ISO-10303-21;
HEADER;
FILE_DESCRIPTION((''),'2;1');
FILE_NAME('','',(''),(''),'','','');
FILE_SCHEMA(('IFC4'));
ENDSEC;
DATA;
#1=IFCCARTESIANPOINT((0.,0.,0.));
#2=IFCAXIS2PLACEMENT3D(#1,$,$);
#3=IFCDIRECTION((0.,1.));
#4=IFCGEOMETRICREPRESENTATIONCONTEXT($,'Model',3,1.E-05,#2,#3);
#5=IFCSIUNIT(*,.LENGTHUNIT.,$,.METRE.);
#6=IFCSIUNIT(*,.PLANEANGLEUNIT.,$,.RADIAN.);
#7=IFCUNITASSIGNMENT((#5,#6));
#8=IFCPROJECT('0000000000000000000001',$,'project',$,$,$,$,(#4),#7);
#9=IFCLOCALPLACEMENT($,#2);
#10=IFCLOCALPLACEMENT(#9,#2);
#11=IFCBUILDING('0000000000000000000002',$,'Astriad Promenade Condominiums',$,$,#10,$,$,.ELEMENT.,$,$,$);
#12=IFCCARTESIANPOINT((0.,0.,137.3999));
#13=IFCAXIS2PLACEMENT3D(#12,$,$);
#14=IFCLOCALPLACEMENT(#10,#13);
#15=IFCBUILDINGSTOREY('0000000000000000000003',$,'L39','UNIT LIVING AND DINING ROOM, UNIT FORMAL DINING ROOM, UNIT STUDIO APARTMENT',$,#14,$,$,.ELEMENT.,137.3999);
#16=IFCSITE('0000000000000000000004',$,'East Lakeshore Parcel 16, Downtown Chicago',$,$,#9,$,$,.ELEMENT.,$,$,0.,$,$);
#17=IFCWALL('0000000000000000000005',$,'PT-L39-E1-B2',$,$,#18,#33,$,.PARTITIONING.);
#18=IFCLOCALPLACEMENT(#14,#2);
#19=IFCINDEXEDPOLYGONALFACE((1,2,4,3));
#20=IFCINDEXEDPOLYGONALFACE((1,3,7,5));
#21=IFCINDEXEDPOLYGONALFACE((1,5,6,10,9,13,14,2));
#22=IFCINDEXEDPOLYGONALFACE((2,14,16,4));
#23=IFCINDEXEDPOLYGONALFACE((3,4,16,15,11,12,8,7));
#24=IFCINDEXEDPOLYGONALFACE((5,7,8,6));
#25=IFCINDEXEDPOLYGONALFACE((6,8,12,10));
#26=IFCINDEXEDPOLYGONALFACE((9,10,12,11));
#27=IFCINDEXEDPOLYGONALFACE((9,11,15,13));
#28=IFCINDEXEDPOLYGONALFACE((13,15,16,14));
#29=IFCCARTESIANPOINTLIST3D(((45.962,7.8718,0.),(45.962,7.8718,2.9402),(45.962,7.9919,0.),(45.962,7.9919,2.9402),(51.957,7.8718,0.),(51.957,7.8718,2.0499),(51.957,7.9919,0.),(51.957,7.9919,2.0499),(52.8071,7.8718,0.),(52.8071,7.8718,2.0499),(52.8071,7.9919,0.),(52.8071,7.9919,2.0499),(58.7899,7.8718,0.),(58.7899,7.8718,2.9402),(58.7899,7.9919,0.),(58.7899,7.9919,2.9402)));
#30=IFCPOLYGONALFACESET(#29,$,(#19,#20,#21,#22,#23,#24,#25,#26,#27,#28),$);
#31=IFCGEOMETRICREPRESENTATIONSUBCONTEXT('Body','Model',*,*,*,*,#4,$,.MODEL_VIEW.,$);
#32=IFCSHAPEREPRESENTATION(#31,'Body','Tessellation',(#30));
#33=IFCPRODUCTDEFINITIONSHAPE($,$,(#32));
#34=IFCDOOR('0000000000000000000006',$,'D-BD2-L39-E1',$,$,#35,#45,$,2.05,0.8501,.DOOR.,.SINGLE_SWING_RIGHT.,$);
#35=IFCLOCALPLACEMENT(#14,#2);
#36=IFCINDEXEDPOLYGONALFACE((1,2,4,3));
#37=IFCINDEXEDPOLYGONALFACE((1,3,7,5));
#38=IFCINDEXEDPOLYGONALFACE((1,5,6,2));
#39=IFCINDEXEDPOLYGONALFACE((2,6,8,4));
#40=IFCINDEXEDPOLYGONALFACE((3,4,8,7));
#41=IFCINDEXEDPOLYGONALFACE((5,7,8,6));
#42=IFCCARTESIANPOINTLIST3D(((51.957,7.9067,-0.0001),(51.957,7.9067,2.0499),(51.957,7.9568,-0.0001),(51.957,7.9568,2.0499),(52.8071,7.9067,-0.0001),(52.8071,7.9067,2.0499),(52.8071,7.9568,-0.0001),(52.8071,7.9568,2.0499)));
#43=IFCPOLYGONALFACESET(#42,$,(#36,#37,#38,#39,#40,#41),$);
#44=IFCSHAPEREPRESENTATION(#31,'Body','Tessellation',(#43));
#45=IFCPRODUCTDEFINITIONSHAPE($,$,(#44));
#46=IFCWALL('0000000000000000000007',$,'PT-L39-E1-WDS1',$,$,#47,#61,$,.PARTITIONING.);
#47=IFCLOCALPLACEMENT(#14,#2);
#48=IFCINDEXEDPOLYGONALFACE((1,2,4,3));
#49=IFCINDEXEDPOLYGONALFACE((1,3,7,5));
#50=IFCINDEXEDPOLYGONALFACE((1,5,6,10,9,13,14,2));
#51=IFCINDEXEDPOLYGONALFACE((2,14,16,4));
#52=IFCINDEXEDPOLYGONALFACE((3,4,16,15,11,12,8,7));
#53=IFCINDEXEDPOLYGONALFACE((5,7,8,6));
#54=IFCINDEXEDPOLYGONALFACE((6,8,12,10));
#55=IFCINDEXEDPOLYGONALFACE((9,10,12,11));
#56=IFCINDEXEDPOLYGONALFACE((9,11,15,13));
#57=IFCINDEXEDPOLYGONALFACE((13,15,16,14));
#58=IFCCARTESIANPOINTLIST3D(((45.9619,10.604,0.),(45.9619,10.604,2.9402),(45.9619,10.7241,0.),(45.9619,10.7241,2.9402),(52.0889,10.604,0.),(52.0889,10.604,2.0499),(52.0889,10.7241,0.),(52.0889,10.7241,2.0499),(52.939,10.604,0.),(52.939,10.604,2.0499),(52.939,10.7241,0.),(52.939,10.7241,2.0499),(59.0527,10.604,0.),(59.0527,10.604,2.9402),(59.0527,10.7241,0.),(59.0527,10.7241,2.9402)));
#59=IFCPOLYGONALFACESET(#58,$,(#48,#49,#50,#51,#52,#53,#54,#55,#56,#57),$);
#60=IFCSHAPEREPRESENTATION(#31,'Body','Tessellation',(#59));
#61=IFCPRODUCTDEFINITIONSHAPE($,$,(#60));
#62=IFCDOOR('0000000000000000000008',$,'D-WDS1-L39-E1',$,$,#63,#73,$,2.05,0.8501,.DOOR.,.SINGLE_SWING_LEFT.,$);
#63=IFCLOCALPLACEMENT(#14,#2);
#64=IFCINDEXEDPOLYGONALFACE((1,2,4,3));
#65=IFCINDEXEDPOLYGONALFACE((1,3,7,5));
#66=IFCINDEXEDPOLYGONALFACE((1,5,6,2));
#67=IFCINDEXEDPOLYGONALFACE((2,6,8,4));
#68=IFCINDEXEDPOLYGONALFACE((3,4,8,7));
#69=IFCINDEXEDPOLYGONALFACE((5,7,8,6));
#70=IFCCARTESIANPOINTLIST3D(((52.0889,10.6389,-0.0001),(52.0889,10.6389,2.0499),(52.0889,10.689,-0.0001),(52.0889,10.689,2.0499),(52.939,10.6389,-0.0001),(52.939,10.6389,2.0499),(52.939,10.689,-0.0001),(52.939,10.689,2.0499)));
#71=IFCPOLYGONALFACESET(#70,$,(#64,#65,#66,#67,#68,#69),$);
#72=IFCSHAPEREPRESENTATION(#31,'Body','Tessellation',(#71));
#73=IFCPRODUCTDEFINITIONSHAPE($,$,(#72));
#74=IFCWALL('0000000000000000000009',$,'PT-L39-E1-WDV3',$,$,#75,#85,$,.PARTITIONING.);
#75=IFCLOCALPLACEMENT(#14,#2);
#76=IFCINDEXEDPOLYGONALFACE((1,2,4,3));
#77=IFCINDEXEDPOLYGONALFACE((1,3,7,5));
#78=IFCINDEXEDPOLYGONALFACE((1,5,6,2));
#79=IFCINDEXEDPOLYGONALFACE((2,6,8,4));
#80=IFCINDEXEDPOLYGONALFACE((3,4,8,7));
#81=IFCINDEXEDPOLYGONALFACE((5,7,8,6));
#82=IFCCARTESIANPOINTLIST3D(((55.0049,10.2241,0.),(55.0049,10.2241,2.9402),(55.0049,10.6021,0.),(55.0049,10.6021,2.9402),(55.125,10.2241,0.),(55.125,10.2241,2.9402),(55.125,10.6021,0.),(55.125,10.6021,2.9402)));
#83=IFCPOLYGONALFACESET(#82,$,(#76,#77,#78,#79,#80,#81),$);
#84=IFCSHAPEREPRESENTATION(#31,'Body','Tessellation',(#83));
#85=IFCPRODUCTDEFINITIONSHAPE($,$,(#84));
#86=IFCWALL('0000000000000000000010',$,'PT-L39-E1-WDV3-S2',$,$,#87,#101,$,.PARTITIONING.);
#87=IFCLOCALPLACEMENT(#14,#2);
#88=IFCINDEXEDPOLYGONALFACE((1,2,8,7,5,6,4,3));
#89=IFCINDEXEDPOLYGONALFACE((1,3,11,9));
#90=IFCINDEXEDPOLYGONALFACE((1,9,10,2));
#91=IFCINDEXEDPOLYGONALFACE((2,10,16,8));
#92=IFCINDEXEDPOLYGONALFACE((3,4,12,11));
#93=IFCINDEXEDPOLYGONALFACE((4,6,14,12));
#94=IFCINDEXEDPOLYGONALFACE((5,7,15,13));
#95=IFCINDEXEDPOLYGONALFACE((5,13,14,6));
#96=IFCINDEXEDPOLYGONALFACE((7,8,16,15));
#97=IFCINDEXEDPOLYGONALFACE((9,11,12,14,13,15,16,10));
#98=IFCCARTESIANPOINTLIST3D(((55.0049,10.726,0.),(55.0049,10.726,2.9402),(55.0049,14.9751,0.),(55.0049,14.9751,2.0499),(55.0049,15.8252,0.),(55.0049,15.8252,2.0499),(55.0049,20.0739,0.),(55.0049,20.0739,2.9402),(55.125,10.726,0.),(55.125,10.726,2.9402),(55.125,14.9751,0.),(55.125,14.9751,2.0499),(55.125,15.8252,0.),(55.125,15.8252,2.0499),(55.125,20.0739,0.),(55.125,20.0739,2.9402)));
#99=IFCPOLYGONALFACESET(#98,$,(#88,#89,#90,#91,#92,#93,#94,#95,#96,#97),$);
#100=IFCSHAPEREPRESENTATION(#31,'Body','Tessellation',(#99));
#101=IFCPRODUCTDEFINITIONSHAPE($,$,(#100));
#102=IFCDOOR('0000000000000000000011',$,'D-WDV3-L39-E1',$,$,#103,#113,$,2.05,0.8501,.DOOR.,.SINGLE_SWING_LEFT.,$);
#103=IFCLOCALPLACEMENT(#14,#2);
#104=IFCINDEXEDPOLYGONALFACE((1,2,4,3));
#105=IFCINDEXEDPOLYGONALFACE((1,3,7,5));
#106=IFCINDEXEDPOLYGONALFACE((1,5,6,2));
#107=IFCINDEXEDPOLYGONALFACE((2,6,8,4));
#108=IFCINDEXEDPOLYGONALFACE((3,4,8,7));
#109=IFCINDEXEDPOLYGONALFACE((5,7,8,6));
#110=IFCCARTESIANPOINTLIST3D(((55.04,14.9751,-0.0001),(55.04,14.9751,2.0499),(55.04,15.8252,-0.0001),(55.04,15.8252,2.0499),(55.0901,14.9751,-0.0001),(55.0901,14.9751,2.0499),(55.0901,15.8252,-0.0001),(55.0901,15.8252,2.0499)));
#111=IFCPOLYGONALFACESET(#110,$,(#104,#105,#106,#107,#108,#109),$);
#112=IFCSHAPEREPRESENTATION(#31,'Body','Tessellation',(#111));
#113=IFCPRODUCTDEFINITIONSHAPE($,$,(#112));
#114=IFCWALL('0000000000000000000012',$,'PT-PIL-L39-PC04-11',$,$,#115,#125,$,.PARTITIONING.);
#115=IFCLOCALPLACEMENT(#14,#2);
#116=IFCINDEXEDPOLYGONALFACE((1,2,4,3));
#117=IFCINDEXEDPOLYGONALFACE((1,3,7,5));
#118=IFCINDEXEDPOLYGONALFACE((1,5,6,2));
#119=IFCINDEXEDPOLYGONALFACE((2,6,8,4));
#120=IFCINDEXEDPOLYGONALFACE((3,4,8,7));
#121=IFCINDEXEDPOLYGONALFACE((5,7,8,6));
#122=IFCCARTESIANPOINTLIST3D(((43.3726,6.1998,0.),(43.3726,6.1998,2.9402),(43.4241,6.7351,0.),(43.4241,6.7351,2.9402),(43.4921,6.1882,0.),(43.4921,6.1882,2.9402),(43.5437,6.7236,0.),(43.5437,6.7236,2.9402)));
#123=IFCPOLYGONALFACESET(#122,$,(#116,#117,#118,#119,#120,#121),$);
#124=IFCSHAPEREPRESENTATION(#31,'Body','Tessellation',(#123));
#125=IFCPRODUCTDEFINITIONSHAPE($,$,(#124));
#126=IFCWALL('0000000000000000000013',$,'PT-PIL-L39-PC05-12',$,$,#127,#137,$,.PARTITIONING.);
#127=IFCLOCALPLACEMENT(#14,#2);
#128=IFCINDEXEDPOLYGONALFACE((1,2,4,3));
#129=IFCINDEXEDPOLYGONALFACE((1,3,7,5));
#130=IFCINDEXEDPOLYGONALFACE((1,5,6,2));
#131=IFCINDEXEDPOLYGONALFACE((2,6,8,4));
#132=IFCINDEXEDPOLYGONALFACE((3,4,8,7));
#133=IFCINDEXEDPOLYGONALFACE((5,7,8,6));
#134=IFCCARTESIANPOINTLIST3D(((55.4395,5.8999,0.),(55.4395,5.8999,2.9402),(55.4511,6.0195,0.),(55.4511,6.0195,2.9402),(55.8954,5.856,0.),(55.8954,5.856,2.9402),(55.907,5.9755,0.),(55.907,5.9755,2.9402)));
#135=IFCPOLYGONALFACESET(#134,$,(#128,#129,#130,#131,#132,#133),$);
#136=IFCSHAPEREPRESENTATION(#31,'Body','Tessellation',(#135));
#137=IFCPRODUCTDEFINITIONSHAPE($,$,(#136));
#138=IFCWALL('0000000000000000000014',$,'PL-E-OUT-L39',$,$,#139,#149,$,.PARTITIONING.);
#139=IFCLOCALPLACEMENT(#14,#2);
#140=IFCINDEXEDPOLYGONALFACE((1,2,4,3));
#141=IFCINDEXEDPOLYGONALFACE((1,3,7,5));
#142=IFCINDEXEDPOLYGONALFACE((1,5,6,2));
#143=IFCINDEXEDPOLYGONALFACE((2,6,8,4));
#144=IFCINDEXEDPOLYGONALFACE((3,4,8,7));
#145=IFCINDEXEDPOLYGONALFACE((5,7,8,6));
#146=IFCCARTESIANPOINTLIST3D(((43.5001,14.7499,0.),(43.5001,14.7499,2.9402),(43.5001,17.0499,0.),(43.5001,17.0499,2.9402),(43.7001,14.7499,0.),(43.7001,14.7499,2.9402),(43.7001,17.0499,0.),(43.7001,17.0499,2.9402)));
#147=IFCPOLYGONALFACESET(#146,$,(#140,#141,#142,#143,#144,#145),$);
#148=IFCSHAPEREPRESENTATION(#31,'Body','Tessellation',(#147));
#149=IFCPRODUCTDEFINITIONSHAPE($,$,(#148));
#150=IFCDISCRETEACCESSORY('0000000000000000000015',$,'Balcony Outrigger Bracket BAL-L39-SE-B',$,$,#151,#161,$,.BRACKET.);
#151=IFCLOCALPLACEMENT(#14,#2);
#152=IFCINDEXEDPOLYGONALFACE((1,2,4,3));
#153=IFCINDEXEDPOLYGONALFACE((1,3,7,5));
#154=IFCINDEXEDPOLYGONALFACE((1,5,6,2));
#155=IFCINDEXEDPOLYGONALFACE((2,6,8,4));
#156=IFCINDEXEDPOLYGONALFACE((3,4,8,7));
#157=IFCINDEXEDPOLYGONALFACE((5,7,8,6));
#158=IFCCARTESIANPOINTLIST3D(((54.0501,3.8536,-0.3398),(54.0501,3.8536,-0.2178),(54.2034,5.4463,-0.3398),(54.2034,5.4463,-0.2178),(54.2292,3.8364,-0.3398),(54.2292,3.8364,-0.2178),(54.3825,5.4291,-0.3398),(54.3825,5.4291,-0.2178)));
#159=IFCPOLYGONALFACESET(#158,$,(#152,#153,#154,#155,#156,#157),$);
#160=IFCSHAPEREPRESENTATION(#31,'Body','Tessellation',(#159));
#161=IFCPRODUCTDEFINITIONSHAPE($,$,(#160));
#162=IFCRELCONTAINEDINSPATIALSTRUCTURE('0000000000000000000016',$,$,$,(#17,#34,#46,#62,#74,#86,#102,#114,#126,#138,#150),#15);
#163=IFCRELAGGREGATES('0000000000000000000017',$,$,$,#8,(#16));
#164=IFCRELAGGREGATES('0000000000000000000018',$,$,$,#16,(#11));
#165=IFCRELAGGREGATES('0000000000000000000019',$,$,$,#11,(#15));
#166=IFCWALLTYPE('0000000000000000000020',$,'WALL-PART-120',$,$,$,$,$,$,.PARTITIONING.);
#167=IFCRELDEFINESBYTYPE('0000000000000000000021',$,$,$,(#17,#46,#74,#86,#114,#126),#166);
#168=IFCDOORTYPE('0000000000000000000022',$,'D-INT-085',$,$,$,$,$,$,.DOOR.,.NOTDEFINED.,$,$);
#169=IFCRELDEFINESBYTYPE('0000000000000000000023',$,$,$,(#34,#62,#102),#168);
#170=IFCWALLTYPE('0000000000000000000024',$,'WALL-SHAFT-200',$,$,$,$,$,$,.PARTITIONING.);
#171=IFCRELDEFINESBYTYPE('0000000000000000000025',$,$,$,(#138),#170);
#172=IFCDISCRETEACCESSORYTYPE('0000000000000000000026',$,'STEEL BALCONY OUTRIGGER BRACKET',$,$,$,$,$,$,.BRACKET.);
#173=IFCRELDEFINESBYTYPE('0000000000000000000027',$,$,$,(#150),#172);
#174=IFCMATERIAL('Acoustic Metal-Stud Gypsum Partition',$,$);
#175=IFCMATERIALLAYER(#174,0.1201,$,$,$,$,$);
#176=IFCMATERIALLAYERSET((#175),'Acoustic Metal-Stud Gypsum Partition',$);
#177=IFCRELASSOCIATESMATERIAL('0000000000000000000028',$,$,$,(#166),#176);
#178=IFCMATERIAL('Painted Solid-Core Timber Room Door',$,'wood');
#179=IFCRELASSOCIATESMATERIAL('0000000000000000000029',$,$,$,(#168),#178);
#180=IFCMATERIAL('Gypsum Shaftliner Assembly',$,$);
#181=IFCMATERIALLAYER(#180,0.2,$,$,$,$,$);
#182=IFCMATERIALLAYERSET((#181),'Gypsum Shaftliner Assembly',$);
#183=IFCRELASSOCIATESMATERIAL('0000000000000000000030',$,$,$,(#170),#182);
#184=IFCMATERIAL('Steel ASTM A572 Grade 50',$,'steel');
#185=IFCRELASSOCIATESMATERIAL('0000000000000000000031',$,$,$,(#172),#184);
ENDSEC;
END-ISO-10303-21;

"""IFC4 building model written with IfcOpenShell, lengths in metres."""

from ifc_helpers import new_model, si_unit, direction, frame, frame_2d, origin, origin_2d, place, context, subcontext, project, spatial, rectangle, extrude, source, transform, mapped, material, layer, layer_set, type_object, type_shapes, element, fill, save


model = new_model("IFC4")

# Units and contexts
model_context = context("Model", 3, precision=1e-05, world=origin(), true_north=direction((0.0, 1.0)))
body_context = subcontext(model_context, "Body", "Model", "MODEL_VIEW")
ifc_project = project(units=[si_unit("LENGTHUNIT", "METRE"), si_unit("PLANEANGLEUNIT", "RADIAN")], contexts=[model_context])

# Site, building, storey
site_placement = place(None, origin())
site = spatial("IfcSite", under=ifc_project, at=site_placement, Name="East Lakeshore Parcel 16, Downtown Chicago", CompositionType="ELEMENT", RefElevation=0.0)
building_placement = place(site_placement, origin())
building = spatial("IfcBuilding", under=site, at=building_placement, Name="Astriad Promenade Condominiums", CompositionType="ELEMENT")
storey_placement = place(building_placement, frame((0.0, 0.0, 137.3999)))
storey = spatial("IfcBuildingStorey", under=building, at=storey_placement, Name="L39", Description="UNIT LIVING AND DINING ROOM, UNIT FORMAL DINING ROOM, UNIT STUDIO APARTMENT", CompositionType="ELEMENT", Elevation=137.3999)

# Shared definitions
ifc_material_1 = material(Name="Acoustic Metal-Stud Gypsum Partition")
ifc_layer_1 = layer(ifc_material_1, 0.1201)
ifc_layer_set_1 = layer_set([ifc_layer_1], Name="Acoustic Metal-Stud Gypsum Partition")
wall_type_1 = type_object("IfcWallType", Name="WALL-PART-120", PredefinedType="PARTITIONING", material=ifc_layer_set_1)
ifc_material_2 = material(Name="Painted Solid-Core Timber Room Door", Category="wood")
door_type_1 = type_object("IfcDoorType", Name="D-INT-085", OperationType="NOTDEFINED", PredefinedType="DOOR", material=ifc_material_2)
shared_shape_1 = source(origin(), body_context, "Body", "SweptSolid", [
    extrude(rectangle(XDim=0.8501, YDim=2.05, at=frame_2d((0.425, 1.0249))), frame((0.0, 0.0249, 0.0), z_axis=(0.0, -1.0, 0.0), x_axis=(1.0, 0.0, 0.0)), (0.0, 0.0, 1.0), 0.05),
])
type_shapes(door_type_1, [shared_shape_1])

# Walls, openings, doors
wall_1_placement = place(storey_placement, frame((45.9619, 7.9319, 0.0), z_axis=(0.0, 0.0, 1.0), x_axis=(1.0, 0.0, 0.0)))
wall_1 = element("IfcWall", 1, at=wall_1_placement, inside=storey, type_object=wall_type_1, Name="PT-L39-E1-B2", PredefinedType="PARTITIONING", context=body_context, shape_type="SweptSolid", body=[
    extrude(rectangle(XDim=12.8279, YDim=0.1201, at=frame_2d((6.4141, 0.0))), origin(), (0.0, 0.0, 1.0), 2.9402),
])
opening_1_placement = place(wall_1_placement, frame((5.9951, 0.0, 0.0)))
opening_1 = element("IfcOpeningElement", 2, at=opening_1_placement, cuts=wall_1, PredefinedType="OPENING", context=body_context, shape_type="SweptSolid", body=[
    extrude(rectangle(XDim=0.8501, YDim=2.05, at=frame_2d((0.425, 1.0249))), frame((0.0, 0.0701, 0.0), z_axis=(0.0, -1.0, 0.0), x_axis=(1.0, 0.0, 0.0)), (0.0, 0.0, 1.0), 0.1401),
])
door_1_placement = place(opening_1_placement, origin())
door_1 = element("IfcDoor", 3, at=door_1_placement, inside=storey, type_object=door_type_1, Name="D-BD2-L39-E1", OperationType="SINGLE_SWING_RIGHT", OverallHeight=2.05, OverallWidth=0.8501, PredefinedType="DOOR", context=body_context, shape_type="MappedRepresentation", body=[
    mapped(shared_shape_1, transform((0.0, 0.0, 0.0), scale=1.0)),
])
fill(opening_1, door_1)
wall_2_placement = place(storey_placement, frame((45.9619, 10.6641, 0.0), z_axis=(0.0, 0.0, 1.0), x_axis=(1.0, 0.0, 0.0)))
wall_2 = element("IfcWall", 4, at=wall_2_placement, inside=storey, type_object=wall_type_1, Name="PT-L39-E1-WDS1", PredefinedType="PARTITIONING", context=body_context, shape_type="SweptSolid", body=[
    extrude(rectangle(XDim=13.0908, YDim=0.1201, at=frame_2d((6.5454, 0.0))), origin(), (0.0, 0.0, 1.0), 2.9402),
])
opening_2_placement = place(wall_2_placement, frame((6.127, 0.0, 0.0)))
opening_2 = element("IfcOpeningElement", 5, at=opening_2_placement, cuts=wall_2, PredefinedType="OPENING", context=body_context, shape_type="SweptSolid", body=[
    extrude(rectangle(XDim=0.8501, YDim=2.05, at=frame_2d((0.425, 1.0249))), frame((0.0, 0.0701, 0.0), z_axis=(0.0, -1.0, 0.0), x_axis=(1.0, 0.0, 0.0)), (0.0, 0.0, 1.0), 0.1401),
])
door_2_placement = place(opening_2_placement, origin())
door_2 = element("IfcDoor", 6, at=door_2_placement, inside=storey, type_object=door_type_1, Name="D-WDS1-L39-E1", OperationType="SINGLE_SWING_LEFT", OverallHeight=2.05, OverallWidth=0.8501, PredefinedType="DOOR", context=body_context, shape_type="MappedRepresentation", body=[
    mapped(shared_shape_1, transform((0.0, 0.0, 0.0), scale=1.0)),
])
fill(opening_2, door_2)

# Wall
wall_3_placement = place(storey_placement, frame((55.0649, 10.2241, 0.0), z_axis=(0.0, 0.0, 1.0), x_axis=(0.0, 1.0, 0.0)))
element("IfcWall", 7, at=wall_3_placement, inside=storey, type_object=wall_type_1, Name="PT-L39-E1-WDV3", PredefinedType="PARTITIONING", context=body_context, shape_type="SweptSolid", body=[
    extrude(rectangle(XDim=0.3779, YDim=0.1201, at=frame_2d((0.189, 0.0))), origin(), (0.0, 0.0, 1.0), 2.9402),
])

# Wall, opening, door
wall_4_placement = place(storey_placement, frame((55.0649, 10.7261, 0.0), z_axis=(0.0, 0.0, 1.0), x_axis=(0.0, 1.0, 0.0)))
wall_4 = element("IfcWall", 8, at=wall_4_placement, inside=storey, type_object=wall_type_1, Name="PT-L39-E1-WDV3-S2", PredefinedType="PARTITIONING", context=body_context, shape_type="SweptSolid", body=[
    extrude(rectangle(XDim=9.3479, YDim=0.1201, at=frame_2d((4.6738, 0.0))), origin(), (0.0, 0.0, 1.0), 2.9402),
])
opening_3_placement = place(wall_4_placement, frame((4.249, 0.0, 0.0)))
opening_3 = element("IfcOpeningElement", 9, at=opening_3_placement, cuts=wall_4, PredefinedType="OPENING", context=body_context, shape_type="SweptSolid", body=[
    extrude(rectangle(XDim=0.8501, YDim=2.05, at=frame_2d((0.425, 1.0249))), frame((0.0, 0.0701, 0.0), z_axis=(0.0, -1.0, 0.0), x_axis=(1.0, 0.0, 0.0)), (0.0, 0.0, 1.0), 0.1401),
])
door_3_placement = place(opening_3_placement, origin())
door_3 = element("IfcDoor", 10, at=door_3_placement, inside=storey, type_object=door_type_1, Name="D-WDV3-L39-E1", OperationType="SINGLE_SWING_LEFT", OverallHeight=2.05, OverallWidth=0.8501, PredefinedType="DOOR", context=body_context, shape_type="MappedRepresentation", body=[
    mapped(shared_shape_1, transform((0.0, 0.0, 0.0), scale=1.0)),
])
fill(opening_3, door_3)

# Walls
wall_5_placement = place(storey_placement, frame((43.4839, 6.7295, 0.0), z_axis=(0.0, 0.0, 1.0), x_axis=(-0.095773, -0.995403, 0.0)))
element("IfcWall", 11, at=wall_5_placement, inside=storey, type_object=wall_type_1, Name="PT-PIL-L39-PC04-11", PredefinedType="PARTITIONING", context=body_context, shape_type="SweptSolid", body=[
    extrude(rectangle(XDim=0.5378, YDim=0.1201, at=frame_2d((0.269, 0.0))), origin(), (0.0, 0.0, 1.0), 2.9402),
])
wall_6_placement = place(storey_placement, frame((55.4453, 5.9597, 0.0), z_axis=(0.0, 0.0, 1.0), x_axis=(0.995385, -0.095966, 0.0)))
element("IfcWall", 12, at=wall_6_placement, inside=storey, type_object=wall_type_1, Name="PT-PIL-L39-PC05-12", PredefinedType="PARTITIONING", context=body_context, shape_type="SweptSolid", body=[
    extrude(rectangle(XDim=0.458, YDim=0.1201, at=frame_2d((0.229, 0.0))), origin(), (0.0, 0.0, 1.0), 2.9402),
])
ifc_material_3 = material(Name="Gypsum Shaftliner Assembly")
ifc_layer_2 = layer(ifc_material_3, 0.2)
ifc_layer_set_2 = layer_set([ifc_layer_2], Name="Gypsum Shaftliner Assembly")
wall_type_2 = type_object("IfcWallType", Name="WALL-SHAFT-200", PredefinedType="PARTITIONING", material=ifc_layer_set_2)
wall_7_placement = place(storey_placement, frame((43.6001, 14.75, 0.0), z_axis=(0.0, 0.0, 1.0), x_axis=(0.0, 1.0, 0.0)))
element("IfcWall", 13, at=wall_7_placement, inside=storey, type_object=wall_type_2, Name="PL-E-OUT-L39", PredefinedType="PARTITIONING", context=body_context, shape_type="SweptSolid", body=[
    extrude(rectangle(XDim=2.3, YDim=0.2, at=frame_2d((1.1499, 0.0))), origin(), (0.0, 0.0, 1.0), 2.9402),
])

# Discrete accessory
ifc_material_4 = material(Name="Steel ASTM A572 Grade 50", Category="steel")
discrete_accessory_type = type_object("IfcDiscreteAccessoryType", Name="STEEL BALCONY OUTRIGGER BRACKET", PredefinedType="BRACKET", material=ifc_material_4)
shared_shape_2 = source(origin(), body_context, "Body", "SweptSolid", [
    extrude(rectangle(XDim=1.6001, YDim=0.1799, at=origin_2d()), origin(), (0.0, 0.0, 1.0), 0.1221),
])
type_shapes(discrete_accessory_type, [shared_shape_2])
discrete_accessory_placement = place(storey_placement, frame((54.2163, 4.6414, -0.3398), z_axis=(0.0, 0.0, 1.0), x_axis=(-0.095846, -0.995396, 0.0)))
element("IfcDiscreteAccessory", 14, at=discrete_accessory_placement, inside=storey, type_object=discrete_accessory_type, Name="Balcony Outrigger Bracket BAL-L39-SE-B", PredefinedType="BRACKET", context=body_context, shape_type="MappedRepresentation", body=[
    mapped(shared_shape_2, transform((0.0, 0.0, 0.0), scale=1.0)),
])

save(model, "model.ifc")
